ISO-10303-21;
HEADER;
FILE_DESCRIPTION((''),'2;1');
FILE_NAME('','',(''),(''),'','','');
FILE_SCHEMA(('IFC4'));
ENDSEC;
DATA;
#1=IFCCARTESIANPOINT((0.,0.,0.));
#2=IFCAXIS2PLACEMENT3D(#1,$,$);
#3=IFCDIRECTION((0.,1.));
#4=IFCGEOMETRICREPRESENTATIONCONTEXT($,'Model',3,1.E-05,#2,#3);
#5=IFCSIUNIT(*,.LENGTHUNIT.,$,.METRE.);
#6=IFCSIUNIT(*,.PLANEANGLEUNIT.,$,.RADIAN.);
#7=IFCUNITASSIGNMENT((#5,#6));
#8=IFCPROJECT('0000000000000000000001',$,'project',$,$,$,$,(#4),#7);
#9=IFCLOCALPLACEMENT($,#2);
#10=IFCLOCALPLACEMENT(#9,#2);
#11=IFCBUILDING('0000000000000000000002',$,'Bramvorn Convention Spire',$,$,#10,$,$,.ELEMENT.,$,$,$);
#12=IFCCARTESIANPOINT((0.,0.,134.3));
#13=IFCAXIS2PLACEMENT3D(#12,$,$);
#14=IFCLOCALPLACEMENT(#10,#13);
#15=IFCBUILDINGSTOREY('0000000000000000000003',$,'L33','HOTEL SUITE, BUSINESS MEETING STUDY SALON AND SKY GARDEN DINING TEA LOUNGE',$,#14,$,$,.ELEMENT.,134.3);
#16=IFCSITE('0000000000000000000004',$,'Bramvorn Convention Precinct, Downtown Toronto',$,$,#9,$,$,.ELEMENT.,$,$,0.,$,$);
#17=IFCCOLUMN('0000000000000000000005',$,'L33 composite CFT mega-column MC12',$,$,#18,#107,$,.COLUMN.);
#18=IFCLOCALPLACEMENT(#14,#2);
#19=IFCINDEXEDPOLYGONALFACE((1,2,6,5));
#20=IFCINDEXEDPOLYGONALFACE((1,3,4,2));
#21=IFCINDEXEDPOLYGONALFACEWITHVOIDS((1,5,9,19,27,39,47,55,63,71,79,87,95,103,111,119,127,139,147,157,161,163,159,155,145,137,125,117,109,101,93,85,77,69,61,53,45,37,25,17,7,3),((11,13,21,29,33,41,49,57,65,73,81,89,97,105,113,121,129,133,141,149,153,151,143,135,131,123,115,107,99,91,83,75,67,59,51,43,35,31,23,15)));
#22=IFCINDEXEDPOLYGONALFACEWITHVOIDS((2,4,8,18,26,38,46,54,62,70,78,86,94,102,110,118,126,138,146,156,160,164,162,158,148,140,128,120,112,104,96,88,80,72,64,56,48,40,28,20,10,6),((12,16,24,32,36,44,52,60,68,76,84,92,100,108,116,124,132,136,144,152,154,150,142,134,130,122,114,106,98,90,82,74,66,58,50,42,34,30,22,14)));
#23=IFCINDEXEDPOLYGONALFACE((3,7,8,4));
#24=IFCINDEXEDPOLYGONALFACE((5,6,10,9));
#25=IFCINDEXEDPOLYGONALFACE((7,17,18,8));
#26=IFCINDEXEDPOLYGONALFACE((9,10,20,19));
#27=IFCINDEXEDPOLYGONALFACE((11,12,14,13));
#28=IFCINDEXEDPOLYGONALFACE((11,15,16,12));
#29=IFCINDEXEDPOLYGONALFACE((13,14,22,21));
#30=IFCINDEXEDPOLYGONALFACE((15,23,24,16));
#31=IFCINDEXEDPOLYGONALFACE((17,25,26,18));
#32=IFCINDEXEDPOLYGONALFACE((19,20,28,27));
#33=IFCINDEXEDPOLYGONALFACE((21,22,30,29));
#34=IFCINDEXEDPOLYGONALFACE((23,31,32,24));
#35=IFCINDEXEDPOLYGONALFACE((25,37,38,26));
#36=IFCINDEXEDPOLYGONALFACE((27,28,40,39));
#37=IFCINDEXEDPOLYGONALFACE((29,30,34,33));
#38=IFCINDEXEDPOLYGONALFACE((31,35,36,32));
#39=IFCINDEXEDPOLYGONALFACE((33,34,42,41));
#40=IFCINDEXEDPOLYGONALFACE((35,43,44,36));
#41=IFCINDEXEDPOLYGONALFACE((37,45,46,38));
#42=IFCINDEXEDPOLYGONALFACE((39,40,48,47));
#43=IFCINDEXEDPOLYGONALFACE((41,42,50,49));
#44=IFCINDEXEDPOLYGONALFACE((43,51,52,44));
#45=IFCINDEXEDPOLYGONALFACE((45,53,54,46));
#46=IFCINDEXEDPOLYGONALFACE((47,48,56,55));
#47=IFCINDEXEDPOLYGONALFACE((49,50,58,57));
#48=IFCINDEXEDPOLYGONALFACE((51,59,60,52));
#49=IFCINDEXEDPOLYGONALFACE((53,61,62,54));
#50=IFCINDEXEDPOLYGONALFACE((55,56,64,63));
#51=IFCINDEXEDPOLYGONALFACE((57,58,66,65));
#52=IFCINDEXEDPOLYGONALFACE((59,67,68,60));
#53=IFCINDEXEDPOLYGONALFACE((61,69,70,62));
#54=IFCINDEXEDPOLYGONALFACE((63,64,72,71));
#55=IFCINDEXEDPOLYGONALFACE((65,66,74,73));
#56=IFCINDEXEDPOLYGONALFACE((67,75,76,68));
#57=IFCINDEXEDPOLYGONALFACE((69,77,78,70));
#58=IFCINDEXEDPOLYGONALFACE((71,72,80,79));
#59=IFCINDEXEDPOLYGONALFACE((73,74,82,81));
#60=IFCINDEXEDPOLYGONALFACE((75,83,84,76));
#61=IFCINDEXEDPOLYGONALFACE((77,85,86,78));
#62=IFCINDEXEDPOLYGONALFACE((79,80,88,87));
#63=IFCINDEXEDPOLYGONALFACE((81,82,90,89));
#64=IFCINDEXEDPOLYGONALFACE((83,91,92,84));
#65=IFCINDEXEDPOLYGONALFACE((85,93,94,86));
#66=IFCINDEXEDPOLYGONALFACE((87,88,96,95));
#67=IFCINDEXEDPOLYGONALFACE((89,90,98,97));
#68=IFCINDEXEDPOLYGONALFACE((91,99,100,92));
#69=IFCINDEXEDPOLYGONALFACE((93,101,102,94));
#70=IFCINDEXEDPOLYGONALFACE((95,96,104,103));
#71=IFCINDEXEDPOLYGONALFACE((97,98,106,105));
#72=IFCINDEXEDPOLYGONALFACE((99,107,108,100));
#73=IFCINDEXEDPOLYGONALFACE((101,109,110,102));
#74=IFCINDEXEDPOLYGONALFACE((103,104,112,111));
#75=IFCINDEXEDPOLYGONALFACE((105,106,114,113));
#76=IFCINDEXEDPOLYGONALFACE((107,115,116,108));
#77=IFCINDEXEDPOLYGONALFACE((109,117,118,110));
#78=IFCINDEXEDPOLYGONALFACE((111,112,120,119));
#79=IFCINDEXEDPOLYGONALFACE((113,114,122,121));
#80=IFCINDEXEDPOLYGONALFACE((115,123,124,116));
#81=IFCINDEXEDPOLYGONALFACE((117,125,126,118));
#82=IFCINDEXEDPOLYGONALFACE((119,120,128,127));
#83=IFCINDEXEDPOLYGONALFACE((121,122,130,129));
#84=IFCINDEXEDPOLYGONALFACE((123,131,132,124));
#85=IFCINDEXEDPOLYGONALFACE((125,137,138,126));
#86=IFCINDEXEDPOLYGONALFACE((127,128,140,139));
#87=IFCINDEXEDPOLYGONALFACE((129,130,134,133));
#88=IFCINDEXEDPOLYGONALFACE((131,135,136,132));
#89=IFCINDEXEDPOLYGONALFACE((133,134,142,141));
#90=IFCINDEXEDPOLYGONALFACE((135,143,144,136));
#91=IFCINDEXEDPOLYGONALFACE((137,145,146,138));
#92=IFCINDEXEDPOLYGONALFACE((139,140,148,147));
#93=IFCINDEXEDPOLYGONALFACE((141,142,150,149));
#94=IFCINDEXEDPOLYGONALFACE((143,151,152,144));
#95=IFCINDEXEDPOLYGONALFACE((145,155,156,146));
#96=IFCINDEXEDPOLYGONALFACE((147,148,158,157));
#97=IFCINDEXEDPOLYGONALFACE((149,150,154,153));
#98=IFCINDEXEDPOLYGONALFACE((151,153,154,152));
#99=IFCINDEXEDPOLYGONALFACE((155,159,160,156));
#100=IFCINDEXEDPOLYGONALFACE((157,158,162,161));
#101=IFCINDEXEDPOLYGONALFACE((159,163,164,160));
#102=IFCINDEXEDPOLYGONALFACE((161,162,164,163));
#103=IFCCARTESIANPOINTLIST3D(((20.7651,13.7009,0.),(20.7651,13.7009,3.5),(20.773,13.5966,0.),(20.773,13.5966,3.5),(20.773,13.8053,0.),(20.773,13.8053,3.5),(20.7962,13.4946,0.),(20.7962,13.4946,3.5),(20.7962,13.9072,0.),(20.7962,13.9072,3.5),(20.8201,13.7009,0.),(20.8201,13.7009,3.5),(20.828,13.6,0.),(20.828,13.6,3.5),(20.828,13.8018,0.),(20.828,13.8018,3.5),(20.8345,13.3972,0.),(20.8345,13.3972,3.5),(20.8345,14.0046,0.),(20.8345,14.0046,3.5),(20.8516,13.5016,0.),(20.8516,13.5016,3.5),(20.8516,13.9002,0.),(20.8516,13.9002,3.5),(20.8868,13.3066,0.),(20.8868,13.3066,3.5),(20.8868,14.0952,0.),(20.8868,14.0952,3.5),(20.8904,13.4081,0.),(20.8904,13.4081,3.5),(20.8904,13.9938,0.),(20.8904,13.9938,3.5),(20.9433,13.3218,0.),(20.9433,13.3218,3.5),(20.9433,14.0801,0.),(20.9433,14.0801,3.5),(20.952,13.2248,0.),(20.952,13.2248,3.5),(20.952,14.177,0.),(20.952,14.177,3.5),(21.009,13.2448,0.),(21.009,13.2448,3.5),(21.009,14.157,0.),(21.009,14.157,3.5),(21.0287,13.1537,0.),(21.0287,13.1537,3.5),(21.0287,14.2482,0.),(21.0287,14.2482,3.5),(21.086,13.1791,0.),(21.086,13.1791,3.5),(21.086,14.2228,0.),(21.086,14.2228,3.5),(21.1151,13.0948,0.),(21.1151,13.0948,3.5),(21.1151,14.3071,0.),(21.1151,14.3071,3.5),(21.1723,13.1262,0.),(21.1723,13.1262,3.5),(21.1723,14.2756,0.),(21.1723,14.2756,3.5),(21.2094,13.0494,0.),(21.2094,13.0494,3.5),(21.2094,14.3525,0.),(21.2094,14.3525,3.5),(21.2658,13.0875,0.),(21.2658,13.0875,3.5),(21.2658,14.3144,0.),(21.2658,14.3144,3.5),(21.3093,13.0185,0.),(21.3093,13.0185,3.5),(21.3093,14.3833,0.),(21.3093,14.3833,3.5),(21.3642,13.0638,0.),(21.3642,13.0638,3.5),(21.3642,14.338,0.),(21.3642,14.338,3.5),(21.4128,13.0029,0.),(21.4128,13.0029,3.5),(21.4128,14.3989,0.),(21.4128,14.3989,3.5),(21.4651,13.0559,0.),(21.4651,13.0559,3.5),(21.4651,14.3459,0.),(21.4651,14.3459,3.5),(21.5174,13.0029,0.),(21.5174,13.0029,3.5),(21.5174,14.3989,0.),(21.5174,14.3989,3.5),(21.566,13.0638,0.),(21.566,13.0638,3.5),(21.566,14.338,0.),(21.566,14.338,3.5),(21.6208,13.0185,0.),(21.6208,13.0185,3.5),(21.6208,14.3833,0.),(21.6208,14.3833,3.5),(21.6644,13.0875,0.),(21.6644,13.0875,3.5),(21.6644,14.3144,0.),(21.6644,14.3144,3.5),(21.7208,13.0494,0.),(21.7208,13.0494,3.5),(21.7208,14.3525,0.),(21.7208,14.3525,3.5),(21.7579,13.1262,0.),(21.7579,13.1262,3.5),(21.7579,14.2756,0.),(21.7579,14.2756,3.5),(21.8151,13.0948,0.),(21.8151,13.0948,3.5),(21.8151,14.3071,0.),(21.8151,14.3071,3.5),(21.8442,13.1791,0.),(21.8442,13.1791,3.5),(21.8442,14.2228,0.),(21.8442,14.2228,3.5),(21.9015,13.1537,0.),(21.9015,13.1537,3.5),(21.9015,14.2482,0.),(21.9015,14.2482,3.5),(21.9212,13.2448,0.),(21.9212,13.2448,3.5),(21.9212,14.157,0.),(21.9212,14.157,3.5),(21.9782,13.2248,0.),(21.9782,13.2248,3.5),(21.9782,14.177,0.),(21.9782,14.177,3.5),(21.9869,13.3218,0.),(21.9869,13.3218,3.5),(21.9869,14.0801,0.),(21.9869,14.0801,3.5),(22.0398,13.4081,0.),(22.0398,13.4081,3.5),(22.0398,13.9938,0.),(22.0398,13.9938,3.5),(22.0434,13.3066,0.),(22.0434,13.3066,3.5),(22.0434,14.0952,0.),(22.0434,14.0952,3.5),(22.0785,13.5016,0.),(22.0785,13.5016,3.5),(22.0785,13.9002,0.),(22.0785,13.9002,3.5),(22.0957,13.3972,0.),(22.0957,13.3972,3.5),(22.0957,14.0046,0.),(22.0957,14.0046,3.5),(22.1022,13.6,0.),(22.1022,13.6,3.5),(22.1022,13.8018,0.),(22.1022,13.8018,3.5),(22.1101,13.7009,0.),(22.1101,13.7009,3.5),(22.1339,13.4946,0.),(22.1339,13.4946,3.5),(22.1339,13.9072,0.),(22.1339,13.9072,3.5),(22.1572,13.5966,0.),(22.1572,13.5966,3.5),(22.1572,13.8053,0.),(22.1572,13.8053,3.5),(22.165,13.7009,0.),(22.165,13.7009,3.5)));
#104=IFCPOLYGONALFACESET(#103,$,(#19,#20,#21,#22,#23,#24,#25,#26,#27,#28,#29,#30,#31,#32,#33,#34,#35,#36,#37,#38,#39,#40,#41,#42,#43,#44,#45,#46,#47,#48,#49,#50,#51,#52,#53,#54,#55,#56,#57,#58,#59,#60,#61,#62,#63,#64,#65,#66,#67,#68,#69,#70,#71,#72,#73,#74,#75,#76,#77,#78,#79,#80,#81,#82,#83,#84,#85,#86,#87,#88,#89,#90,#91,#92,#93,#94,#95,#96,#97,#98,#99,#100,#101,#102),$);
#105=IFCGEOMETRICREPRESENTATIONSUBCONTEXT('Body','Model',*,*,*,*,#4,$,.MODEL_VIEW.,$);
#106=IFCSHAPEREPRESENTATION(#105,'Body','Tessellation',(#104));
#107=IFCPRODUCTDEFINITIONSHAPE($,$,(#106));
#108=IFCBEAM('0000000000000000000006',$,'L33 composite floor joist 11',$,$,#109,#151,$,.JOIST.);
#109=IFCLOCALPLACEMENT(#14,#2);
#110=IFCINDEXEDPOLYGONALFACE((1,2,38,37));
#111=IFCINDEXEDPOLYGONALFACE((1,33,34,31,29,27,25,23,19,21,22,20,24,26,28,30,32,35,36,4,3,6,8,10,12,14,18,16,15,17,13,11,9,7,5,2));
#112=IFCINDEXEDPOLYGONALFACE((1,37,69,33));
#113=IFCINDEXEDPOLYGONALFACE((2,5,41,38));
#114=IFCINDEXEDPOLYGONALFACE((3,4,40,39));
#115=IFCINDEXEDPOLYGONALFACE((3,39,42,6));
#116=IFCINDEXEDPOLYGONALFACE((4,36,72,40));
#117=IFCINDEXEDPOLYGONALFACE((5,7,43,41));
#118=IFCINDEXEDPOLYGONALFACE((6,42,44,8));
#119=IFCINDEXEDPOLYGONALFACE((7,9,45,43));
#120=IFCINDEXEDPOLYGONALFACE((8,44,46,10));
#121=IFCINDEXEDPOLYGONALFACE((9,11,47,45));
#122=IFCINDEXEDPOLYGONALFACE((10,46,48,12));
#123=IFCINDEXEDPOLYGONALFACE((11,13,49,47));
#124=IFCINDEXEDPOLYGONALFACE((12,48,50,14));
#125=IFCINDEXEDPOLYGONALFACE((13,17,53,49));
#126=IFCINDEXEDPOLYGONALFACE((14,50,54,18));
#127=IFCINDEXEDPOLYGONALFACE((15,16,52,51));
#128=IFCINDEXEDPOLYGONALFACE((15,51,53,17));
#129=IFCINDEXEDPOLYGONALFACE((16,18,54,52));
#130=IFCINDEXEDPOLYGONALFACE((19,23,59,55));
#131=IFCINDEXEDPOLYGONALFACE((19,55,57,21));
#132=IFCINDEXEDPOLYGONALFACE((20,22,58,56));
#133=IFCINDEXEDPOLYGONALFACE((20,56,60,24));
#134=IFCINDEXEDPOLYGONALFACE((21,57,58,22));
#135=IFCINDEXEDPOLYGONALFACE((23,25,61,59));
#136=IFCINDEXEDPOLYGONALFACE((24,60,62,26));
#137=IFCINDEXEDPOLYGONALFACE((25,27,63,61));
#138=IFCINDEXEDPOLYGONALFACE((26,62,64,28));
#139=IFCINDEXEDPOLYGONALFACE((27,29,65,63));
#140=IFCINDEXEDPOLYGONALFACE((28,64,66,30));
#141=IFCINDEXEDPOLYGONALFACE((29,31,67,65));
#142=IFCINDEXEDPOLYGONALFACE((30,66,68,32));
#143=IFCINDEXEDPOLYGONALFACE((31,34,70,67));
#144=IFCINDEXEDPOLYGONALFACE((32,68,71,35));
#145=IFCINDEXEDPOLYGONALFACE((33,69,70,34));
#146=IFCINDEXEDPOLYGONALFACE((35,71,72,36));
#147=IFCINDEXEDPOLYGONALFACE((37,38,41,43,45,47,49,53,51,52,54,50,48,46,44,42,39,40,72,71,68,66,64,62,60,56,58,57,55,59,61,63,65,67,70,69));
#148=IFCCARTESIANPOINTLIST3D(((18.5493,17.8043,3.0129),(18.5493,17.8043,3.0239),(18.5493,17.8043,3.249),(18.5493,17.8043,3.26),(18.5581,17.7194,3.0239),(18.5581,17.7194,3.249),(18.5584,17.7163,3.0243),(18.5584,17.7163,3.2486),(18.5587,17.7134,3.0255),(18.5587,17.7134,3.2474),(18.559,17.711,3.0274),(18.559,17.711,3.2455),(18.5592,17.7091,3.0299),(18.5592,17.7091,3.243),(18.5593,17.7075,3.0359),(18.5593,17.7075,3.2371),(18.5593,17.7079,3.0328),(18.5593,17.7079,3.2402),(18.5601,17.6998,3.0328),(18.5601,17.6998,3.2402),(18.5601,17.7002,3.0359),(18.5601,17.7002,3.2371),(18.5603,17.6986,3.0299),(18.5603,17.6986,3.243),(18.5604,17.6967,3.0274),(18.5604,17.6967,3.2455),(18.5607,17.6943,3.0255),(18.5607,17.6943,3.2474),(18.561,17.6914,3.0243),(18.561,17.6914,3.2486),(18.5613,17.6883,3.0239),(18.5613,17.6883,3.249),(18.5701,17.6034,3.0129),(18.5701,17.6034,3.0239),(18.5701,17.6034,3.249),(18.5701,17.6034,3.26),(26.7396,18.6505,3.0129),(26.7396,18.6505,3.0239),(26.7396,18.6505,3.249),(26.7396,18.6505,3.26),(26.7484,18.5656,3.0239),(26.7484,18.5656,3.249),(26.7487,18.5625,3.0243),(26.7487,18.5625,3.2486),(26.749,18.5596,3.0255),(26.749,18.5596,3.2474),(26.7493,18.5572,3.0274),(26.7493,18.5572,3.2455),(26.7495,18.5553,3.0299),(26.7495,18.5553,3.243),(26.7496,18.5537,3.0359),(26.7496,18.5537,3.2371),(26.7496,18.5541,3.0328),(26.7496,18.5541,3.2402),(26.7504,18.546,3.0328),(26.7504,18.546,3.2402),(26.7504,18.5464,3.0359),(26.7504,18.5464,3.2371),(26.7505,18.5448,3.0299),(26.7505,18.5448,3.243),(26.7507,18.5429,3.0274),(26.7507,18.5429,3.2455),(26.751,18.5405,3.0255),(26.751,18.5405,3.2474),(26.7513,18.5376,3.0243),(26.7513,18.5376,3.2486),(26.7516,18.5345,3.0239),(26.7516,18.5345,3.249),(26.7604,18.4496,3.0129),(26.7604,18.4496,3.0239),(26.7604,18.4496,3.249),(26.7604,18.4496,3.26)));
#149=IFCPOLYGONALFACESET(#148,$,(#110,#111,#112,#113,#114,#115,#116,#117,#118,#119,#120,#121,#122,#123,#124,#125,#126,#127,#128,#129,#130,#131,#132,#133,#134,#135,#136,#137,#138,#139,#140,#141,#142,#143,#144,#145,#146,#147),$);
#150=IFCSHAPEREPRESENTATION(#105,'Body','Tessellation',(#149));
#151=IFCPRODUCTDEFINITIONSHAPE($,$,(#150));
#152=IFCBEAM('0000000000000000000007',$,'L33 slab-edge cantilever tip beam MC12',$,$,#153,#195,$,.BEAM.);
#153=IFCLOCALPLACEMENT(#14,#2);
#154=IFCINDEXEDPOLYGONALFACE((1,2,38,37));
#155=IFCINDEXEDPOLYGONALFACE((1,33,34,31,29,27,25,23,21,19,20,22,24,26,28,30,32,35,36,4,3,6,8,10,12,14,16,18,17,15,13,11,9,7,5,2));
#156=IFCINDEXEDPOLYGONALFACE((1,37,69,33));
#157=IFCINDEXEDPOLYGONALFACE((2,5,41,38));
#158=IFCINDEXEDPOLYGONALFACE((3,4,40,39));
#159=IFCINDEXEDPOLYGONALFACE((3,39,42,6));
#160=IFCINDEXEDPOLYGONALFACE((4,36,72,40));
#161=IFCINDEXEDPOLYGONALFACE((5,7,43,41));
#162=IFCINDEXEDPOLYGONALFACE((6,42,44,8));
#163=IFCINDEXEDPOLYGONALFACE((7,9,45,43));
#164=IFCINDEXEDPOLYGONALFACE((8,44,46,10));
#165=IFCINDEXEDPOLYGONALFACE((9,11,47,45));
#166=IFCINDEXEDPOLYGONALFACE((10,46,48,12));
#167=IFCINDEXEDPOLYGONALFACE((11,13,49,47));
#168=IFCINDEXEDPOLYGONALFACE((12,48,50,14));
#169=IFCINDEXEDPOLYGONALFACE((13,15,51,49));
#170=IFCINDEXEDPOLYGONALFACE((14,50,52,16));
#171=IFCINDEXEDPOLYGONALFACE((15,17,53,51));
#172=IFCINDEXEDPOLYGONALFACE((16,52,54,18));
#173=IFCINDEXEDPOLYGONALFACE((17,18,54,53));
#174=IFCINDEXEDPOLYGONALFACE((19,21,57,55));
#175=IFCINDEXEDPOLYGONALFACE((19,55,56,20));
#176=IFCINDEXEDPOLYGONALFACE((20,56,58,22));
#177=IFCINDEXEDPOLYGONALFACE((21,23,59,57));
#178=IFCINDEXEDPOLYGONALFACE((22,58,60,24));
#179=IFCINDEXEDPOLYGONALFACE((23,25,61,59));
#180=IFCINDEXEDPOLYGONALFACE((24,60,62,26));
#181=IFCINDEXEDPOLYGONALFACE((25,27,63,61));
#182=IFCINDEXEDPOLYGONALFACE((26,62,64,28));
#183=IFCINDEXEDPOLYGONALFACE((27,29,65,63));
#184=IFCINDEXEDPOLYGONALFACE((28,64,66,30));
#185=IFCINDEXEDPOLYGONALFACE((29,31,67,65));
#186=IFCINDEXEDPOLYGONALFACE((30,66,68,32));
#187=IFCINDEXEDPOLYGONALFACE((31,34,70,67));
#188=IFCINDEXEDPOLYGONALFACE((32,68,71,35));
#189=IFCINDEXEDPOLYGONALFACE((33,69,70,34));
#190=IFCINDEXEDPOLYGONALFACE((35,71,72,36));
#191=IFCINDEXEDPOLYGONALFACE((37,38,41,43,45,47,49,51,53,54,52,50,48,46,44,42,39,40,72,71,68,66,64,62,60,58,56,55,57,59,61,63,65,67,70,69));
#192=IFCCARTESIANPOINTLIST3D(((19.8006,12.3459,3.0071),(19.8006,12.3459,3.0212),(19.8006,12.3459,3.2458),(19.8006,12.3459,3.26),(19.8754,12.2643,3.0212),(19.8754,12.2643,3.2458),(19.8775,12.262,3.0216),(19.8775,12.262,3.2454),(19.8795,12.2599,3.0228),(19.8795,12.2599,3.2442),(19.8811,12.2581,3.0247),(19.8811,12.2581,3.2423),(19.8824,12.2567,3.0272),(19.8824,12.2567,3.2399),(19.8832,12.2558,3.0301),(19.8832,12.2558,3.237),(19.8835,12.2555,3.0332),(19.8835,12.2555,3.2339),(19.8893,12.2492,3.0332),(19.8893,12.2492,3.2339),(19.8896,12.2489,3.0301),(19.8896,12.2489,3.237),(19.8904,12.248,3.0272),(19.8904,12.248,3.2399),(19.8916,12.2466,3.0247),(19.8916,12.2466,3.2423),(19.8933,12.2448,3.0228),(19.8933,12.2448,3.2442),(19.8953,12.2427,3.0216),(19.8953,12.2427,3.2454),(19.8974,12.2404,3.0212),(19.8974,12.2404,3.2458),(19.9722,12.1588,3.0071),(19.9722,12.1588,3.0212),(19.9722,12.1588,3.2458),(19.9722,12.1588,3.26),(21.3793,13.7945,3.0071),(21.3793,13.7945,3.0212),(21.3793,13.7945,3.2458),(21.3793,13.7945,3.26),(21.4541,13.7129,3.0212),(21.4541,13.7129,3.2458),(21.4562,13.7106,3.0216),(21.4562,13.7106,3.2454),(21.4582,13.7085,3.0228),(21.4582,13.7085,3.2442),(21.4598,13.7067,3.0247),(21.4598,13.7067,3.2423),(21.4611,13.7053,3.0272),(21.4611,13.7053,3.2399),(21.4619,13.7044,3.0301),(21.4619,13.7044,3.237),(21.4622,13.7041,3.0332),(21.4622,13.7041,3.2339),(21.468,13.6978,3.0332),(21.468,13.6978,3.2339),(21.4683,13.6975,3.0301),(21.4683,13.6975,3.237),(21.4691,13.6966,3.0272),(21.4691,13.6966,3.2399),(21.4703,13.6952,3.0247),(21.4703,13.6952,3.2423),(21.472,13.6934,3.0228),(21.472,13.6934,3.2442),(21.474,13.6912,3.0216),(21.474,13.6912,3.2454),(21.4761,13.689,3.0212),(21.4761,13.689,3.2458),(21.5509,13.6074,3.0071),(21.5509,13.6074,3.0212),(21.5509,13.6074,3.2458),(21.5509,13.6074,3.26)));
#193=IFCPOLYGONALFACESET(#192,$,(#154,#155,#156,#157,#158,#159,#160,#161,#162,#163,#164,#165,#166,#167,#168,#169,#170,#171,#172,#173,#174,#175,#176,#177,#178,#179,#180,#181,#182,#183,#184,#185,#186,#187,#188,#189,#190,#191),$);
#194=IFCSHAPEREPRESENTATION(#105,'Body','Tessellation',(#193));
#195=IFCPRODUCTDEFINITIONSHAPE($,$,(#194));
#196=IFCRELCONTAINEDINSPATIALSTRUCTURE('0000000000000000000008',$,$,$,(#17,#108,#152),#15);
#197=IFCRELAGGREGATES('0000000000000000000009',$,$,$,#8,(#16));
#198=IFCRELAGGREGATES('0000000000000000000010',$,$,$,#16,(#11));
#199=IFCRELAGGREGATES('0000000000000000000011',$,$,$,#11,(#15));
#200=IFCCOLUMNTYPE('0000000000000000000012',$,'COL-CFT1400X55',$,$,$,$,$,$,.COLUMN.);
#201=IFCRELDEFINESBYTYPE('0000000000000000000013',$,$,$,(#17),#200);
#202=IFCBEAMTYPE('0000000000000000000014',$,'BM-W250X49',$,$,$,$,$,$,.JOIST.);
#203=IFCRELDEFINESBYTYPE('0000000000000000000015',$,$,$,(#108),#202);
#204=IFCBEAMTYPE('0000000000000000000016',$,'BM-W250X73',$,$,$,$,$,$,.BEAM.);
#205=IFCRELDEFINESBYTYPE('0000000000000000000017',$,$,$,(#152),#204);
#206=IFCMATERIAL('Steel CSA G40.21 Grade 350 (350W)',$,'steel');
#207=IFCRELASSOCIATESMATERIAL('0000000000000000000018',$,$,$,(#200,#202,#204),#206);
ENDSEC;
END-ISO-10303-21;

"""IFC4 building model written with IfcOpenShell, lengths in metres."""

from ifc_helpers import new_model, si_unit, direction, frame, origin, origin_2d, place, context, subcontext, project, spatial, hollow_circle, i_section, extrude, material, material_profile, profile_set, type_object, element, save


model = new_model("IFC4")

# Units and contexts
model_context = context("Model", 3, precision=1e-05, world=origin(), true_north=direction((0.0, 1.0)))
body_context = subcontext(model_context, "Body", "Model", "MODEL_VIEW")
ifc_project = project(units=[si_unit("LENGTHUNIT", "METRE"), si_unit("PLANEANGLEUNIT", "RADIAN")], contexts=[model_context])

# Site, building, storey
site_placement = place(None, origin())
site = spatial("IfcSite", under=ifc_project, at=site_placement, Name="Bramvorn Convention Precinct, Downtown Toronto", CompositionType="ELEMENT", RefElevation=0.0)
building_placement = place(site_placement, origin())
building = spatial("IfcBuilding", under=site, at=building_placement, Name="Bramvorn Convention Spire", CompositionType="ELEMENT")
storey_placement = place(building_placement, frame((0.0, 0.0, 134.3)))
storey = spatial("IfcBuildingStorey", under=building, at=storey_placement, Name="L33", Description="HOTEL SUITE, BUSINESS MEETING STUDY SALON AND SKY GARDEN DINING TEA LOUNGE", CompositionType="ELEMENT", Elevation=134.3)

# Column
ifc_material_1 = material(Name="Steel CSA G40.21 Grade 350 (350W)", Category="steel")
ifc_material_profile_1 = material_profile(ifc_material_1, hollow_circle(Radius=0.7, WallThickness=0.0549, at=origin_2d()))
ifc_profile_set_1 = profile_set([ifc_material_profile_1], Name="Steel CSA G40.21 Grade 350 (350W) - CFT1400X55")
column_type = type_object("IfcColumnType", Name="COL-CFT1400X55", PredefinedType="COLUMN", material=ifc_profile_set_1)
column_placement = place(storey_placement, frame((21.4651, 13.7009, 0.0), z_axis=(0.0, 0.0, 1.0), x_axis=(1.0, 0.0, 0.0)))
element("IfcColumn", 1, at=column_placement, inside=storey, type_object=column_type, Name="L33 composite CFT mega-column MC12", PredefinedType="COLUMN", context=body_context, shape_type="SweptSolid", body=[
    extrude(hollow_circle(Radius=0.7, WallThickness=0.0549, at=origin_2d()), origin(), (0.0, 0.0, 1.0), 3.5),
])

# Beams
ifc_material_profile_2 = material_profile(ifc_material_1, i_section(OverallWidth=0.2019, OverallDepth=0.2471, WebThickness=0.0073, FlangeThickness=0.011, FilletRadius=0.012, at=origin_2d()))
ifc_profile_set_2 = profile_set([ifc_material_profile_2], Name="Steel CSA G40.21 Grade 350 (350W) - W250X49")
beam_type_1 = type_object("IfcBeamType", Name="BM-W250X49", PredefinedType="JOIST", material=ifc_profile_set_2)
beam_1_placement = place(storey_placement, frame((26.75, 18.55, 3.1365), z_axis=(-0.994705, -0.102771, 0.0), x_axis=(0.102771, -0.994705, 0.0)))
element("IfcBeam", 2, at=beam_1_placement, inside=storey, type_object=beam_type_1, Name="L33 composite floor joist 11", PredefinedType="JOIST", context=body_context, shape_type="SweptSolid", body=[
    extrude(i_section(OverallWidth=0.2019, OverallDepth=0.2471, WebThickness=0.0073, FlangeThickness=0.011, FilletRadius=0.012, at=origin_2d()), origin(), (0.0, 0.0, 1.0), 8.2339),
])
ifc_material_profile_3 = material_profile(ifc_material_1, i_section(OverallWidth=0.2539, OverallDepth=0.2529, WebThickness=0.0085, FlangeThickness=0.0142, FilletRadius=0.012, at=origin_2d()))
ifc_profile_set_3 = profile_set([ifc_material_profile_3], Name="Steel CSA G40.21 Grade 350 (350W) - W250X73")
beam_type_2 = type_object("IfcBeamType", Name="BM-W250X73", PredefinedType="BEAM", material=ifc_profile_set_3)
beam_2_placement = place(storey_placement, frame((21.4651, 13.7009, 3.1335), z_axis=(-0.736823, -0.676086, 0.0), x_axis=(0.676086, -0.736823, 0.0)))
element("IfcBeam", 3, at=beam_2_placement, inside=storey, type_object=beam_type_2, Name="L33 slab-edge cantilever tip beam MC12", PredefinedType="BEAM", context=body_context, shape_type="SweptSolid", body=[
    extrude(i_section(OverallWidth=0.2539, OverallDepth=0.2529, WebThickness=0.0085, FlangeThickness=0.0142, FilletRadius=0.012, at=origin_2d()), origin(), (0.0, 0.0, 1.0), 2.1426),
])

save(model, "model.ifc")
